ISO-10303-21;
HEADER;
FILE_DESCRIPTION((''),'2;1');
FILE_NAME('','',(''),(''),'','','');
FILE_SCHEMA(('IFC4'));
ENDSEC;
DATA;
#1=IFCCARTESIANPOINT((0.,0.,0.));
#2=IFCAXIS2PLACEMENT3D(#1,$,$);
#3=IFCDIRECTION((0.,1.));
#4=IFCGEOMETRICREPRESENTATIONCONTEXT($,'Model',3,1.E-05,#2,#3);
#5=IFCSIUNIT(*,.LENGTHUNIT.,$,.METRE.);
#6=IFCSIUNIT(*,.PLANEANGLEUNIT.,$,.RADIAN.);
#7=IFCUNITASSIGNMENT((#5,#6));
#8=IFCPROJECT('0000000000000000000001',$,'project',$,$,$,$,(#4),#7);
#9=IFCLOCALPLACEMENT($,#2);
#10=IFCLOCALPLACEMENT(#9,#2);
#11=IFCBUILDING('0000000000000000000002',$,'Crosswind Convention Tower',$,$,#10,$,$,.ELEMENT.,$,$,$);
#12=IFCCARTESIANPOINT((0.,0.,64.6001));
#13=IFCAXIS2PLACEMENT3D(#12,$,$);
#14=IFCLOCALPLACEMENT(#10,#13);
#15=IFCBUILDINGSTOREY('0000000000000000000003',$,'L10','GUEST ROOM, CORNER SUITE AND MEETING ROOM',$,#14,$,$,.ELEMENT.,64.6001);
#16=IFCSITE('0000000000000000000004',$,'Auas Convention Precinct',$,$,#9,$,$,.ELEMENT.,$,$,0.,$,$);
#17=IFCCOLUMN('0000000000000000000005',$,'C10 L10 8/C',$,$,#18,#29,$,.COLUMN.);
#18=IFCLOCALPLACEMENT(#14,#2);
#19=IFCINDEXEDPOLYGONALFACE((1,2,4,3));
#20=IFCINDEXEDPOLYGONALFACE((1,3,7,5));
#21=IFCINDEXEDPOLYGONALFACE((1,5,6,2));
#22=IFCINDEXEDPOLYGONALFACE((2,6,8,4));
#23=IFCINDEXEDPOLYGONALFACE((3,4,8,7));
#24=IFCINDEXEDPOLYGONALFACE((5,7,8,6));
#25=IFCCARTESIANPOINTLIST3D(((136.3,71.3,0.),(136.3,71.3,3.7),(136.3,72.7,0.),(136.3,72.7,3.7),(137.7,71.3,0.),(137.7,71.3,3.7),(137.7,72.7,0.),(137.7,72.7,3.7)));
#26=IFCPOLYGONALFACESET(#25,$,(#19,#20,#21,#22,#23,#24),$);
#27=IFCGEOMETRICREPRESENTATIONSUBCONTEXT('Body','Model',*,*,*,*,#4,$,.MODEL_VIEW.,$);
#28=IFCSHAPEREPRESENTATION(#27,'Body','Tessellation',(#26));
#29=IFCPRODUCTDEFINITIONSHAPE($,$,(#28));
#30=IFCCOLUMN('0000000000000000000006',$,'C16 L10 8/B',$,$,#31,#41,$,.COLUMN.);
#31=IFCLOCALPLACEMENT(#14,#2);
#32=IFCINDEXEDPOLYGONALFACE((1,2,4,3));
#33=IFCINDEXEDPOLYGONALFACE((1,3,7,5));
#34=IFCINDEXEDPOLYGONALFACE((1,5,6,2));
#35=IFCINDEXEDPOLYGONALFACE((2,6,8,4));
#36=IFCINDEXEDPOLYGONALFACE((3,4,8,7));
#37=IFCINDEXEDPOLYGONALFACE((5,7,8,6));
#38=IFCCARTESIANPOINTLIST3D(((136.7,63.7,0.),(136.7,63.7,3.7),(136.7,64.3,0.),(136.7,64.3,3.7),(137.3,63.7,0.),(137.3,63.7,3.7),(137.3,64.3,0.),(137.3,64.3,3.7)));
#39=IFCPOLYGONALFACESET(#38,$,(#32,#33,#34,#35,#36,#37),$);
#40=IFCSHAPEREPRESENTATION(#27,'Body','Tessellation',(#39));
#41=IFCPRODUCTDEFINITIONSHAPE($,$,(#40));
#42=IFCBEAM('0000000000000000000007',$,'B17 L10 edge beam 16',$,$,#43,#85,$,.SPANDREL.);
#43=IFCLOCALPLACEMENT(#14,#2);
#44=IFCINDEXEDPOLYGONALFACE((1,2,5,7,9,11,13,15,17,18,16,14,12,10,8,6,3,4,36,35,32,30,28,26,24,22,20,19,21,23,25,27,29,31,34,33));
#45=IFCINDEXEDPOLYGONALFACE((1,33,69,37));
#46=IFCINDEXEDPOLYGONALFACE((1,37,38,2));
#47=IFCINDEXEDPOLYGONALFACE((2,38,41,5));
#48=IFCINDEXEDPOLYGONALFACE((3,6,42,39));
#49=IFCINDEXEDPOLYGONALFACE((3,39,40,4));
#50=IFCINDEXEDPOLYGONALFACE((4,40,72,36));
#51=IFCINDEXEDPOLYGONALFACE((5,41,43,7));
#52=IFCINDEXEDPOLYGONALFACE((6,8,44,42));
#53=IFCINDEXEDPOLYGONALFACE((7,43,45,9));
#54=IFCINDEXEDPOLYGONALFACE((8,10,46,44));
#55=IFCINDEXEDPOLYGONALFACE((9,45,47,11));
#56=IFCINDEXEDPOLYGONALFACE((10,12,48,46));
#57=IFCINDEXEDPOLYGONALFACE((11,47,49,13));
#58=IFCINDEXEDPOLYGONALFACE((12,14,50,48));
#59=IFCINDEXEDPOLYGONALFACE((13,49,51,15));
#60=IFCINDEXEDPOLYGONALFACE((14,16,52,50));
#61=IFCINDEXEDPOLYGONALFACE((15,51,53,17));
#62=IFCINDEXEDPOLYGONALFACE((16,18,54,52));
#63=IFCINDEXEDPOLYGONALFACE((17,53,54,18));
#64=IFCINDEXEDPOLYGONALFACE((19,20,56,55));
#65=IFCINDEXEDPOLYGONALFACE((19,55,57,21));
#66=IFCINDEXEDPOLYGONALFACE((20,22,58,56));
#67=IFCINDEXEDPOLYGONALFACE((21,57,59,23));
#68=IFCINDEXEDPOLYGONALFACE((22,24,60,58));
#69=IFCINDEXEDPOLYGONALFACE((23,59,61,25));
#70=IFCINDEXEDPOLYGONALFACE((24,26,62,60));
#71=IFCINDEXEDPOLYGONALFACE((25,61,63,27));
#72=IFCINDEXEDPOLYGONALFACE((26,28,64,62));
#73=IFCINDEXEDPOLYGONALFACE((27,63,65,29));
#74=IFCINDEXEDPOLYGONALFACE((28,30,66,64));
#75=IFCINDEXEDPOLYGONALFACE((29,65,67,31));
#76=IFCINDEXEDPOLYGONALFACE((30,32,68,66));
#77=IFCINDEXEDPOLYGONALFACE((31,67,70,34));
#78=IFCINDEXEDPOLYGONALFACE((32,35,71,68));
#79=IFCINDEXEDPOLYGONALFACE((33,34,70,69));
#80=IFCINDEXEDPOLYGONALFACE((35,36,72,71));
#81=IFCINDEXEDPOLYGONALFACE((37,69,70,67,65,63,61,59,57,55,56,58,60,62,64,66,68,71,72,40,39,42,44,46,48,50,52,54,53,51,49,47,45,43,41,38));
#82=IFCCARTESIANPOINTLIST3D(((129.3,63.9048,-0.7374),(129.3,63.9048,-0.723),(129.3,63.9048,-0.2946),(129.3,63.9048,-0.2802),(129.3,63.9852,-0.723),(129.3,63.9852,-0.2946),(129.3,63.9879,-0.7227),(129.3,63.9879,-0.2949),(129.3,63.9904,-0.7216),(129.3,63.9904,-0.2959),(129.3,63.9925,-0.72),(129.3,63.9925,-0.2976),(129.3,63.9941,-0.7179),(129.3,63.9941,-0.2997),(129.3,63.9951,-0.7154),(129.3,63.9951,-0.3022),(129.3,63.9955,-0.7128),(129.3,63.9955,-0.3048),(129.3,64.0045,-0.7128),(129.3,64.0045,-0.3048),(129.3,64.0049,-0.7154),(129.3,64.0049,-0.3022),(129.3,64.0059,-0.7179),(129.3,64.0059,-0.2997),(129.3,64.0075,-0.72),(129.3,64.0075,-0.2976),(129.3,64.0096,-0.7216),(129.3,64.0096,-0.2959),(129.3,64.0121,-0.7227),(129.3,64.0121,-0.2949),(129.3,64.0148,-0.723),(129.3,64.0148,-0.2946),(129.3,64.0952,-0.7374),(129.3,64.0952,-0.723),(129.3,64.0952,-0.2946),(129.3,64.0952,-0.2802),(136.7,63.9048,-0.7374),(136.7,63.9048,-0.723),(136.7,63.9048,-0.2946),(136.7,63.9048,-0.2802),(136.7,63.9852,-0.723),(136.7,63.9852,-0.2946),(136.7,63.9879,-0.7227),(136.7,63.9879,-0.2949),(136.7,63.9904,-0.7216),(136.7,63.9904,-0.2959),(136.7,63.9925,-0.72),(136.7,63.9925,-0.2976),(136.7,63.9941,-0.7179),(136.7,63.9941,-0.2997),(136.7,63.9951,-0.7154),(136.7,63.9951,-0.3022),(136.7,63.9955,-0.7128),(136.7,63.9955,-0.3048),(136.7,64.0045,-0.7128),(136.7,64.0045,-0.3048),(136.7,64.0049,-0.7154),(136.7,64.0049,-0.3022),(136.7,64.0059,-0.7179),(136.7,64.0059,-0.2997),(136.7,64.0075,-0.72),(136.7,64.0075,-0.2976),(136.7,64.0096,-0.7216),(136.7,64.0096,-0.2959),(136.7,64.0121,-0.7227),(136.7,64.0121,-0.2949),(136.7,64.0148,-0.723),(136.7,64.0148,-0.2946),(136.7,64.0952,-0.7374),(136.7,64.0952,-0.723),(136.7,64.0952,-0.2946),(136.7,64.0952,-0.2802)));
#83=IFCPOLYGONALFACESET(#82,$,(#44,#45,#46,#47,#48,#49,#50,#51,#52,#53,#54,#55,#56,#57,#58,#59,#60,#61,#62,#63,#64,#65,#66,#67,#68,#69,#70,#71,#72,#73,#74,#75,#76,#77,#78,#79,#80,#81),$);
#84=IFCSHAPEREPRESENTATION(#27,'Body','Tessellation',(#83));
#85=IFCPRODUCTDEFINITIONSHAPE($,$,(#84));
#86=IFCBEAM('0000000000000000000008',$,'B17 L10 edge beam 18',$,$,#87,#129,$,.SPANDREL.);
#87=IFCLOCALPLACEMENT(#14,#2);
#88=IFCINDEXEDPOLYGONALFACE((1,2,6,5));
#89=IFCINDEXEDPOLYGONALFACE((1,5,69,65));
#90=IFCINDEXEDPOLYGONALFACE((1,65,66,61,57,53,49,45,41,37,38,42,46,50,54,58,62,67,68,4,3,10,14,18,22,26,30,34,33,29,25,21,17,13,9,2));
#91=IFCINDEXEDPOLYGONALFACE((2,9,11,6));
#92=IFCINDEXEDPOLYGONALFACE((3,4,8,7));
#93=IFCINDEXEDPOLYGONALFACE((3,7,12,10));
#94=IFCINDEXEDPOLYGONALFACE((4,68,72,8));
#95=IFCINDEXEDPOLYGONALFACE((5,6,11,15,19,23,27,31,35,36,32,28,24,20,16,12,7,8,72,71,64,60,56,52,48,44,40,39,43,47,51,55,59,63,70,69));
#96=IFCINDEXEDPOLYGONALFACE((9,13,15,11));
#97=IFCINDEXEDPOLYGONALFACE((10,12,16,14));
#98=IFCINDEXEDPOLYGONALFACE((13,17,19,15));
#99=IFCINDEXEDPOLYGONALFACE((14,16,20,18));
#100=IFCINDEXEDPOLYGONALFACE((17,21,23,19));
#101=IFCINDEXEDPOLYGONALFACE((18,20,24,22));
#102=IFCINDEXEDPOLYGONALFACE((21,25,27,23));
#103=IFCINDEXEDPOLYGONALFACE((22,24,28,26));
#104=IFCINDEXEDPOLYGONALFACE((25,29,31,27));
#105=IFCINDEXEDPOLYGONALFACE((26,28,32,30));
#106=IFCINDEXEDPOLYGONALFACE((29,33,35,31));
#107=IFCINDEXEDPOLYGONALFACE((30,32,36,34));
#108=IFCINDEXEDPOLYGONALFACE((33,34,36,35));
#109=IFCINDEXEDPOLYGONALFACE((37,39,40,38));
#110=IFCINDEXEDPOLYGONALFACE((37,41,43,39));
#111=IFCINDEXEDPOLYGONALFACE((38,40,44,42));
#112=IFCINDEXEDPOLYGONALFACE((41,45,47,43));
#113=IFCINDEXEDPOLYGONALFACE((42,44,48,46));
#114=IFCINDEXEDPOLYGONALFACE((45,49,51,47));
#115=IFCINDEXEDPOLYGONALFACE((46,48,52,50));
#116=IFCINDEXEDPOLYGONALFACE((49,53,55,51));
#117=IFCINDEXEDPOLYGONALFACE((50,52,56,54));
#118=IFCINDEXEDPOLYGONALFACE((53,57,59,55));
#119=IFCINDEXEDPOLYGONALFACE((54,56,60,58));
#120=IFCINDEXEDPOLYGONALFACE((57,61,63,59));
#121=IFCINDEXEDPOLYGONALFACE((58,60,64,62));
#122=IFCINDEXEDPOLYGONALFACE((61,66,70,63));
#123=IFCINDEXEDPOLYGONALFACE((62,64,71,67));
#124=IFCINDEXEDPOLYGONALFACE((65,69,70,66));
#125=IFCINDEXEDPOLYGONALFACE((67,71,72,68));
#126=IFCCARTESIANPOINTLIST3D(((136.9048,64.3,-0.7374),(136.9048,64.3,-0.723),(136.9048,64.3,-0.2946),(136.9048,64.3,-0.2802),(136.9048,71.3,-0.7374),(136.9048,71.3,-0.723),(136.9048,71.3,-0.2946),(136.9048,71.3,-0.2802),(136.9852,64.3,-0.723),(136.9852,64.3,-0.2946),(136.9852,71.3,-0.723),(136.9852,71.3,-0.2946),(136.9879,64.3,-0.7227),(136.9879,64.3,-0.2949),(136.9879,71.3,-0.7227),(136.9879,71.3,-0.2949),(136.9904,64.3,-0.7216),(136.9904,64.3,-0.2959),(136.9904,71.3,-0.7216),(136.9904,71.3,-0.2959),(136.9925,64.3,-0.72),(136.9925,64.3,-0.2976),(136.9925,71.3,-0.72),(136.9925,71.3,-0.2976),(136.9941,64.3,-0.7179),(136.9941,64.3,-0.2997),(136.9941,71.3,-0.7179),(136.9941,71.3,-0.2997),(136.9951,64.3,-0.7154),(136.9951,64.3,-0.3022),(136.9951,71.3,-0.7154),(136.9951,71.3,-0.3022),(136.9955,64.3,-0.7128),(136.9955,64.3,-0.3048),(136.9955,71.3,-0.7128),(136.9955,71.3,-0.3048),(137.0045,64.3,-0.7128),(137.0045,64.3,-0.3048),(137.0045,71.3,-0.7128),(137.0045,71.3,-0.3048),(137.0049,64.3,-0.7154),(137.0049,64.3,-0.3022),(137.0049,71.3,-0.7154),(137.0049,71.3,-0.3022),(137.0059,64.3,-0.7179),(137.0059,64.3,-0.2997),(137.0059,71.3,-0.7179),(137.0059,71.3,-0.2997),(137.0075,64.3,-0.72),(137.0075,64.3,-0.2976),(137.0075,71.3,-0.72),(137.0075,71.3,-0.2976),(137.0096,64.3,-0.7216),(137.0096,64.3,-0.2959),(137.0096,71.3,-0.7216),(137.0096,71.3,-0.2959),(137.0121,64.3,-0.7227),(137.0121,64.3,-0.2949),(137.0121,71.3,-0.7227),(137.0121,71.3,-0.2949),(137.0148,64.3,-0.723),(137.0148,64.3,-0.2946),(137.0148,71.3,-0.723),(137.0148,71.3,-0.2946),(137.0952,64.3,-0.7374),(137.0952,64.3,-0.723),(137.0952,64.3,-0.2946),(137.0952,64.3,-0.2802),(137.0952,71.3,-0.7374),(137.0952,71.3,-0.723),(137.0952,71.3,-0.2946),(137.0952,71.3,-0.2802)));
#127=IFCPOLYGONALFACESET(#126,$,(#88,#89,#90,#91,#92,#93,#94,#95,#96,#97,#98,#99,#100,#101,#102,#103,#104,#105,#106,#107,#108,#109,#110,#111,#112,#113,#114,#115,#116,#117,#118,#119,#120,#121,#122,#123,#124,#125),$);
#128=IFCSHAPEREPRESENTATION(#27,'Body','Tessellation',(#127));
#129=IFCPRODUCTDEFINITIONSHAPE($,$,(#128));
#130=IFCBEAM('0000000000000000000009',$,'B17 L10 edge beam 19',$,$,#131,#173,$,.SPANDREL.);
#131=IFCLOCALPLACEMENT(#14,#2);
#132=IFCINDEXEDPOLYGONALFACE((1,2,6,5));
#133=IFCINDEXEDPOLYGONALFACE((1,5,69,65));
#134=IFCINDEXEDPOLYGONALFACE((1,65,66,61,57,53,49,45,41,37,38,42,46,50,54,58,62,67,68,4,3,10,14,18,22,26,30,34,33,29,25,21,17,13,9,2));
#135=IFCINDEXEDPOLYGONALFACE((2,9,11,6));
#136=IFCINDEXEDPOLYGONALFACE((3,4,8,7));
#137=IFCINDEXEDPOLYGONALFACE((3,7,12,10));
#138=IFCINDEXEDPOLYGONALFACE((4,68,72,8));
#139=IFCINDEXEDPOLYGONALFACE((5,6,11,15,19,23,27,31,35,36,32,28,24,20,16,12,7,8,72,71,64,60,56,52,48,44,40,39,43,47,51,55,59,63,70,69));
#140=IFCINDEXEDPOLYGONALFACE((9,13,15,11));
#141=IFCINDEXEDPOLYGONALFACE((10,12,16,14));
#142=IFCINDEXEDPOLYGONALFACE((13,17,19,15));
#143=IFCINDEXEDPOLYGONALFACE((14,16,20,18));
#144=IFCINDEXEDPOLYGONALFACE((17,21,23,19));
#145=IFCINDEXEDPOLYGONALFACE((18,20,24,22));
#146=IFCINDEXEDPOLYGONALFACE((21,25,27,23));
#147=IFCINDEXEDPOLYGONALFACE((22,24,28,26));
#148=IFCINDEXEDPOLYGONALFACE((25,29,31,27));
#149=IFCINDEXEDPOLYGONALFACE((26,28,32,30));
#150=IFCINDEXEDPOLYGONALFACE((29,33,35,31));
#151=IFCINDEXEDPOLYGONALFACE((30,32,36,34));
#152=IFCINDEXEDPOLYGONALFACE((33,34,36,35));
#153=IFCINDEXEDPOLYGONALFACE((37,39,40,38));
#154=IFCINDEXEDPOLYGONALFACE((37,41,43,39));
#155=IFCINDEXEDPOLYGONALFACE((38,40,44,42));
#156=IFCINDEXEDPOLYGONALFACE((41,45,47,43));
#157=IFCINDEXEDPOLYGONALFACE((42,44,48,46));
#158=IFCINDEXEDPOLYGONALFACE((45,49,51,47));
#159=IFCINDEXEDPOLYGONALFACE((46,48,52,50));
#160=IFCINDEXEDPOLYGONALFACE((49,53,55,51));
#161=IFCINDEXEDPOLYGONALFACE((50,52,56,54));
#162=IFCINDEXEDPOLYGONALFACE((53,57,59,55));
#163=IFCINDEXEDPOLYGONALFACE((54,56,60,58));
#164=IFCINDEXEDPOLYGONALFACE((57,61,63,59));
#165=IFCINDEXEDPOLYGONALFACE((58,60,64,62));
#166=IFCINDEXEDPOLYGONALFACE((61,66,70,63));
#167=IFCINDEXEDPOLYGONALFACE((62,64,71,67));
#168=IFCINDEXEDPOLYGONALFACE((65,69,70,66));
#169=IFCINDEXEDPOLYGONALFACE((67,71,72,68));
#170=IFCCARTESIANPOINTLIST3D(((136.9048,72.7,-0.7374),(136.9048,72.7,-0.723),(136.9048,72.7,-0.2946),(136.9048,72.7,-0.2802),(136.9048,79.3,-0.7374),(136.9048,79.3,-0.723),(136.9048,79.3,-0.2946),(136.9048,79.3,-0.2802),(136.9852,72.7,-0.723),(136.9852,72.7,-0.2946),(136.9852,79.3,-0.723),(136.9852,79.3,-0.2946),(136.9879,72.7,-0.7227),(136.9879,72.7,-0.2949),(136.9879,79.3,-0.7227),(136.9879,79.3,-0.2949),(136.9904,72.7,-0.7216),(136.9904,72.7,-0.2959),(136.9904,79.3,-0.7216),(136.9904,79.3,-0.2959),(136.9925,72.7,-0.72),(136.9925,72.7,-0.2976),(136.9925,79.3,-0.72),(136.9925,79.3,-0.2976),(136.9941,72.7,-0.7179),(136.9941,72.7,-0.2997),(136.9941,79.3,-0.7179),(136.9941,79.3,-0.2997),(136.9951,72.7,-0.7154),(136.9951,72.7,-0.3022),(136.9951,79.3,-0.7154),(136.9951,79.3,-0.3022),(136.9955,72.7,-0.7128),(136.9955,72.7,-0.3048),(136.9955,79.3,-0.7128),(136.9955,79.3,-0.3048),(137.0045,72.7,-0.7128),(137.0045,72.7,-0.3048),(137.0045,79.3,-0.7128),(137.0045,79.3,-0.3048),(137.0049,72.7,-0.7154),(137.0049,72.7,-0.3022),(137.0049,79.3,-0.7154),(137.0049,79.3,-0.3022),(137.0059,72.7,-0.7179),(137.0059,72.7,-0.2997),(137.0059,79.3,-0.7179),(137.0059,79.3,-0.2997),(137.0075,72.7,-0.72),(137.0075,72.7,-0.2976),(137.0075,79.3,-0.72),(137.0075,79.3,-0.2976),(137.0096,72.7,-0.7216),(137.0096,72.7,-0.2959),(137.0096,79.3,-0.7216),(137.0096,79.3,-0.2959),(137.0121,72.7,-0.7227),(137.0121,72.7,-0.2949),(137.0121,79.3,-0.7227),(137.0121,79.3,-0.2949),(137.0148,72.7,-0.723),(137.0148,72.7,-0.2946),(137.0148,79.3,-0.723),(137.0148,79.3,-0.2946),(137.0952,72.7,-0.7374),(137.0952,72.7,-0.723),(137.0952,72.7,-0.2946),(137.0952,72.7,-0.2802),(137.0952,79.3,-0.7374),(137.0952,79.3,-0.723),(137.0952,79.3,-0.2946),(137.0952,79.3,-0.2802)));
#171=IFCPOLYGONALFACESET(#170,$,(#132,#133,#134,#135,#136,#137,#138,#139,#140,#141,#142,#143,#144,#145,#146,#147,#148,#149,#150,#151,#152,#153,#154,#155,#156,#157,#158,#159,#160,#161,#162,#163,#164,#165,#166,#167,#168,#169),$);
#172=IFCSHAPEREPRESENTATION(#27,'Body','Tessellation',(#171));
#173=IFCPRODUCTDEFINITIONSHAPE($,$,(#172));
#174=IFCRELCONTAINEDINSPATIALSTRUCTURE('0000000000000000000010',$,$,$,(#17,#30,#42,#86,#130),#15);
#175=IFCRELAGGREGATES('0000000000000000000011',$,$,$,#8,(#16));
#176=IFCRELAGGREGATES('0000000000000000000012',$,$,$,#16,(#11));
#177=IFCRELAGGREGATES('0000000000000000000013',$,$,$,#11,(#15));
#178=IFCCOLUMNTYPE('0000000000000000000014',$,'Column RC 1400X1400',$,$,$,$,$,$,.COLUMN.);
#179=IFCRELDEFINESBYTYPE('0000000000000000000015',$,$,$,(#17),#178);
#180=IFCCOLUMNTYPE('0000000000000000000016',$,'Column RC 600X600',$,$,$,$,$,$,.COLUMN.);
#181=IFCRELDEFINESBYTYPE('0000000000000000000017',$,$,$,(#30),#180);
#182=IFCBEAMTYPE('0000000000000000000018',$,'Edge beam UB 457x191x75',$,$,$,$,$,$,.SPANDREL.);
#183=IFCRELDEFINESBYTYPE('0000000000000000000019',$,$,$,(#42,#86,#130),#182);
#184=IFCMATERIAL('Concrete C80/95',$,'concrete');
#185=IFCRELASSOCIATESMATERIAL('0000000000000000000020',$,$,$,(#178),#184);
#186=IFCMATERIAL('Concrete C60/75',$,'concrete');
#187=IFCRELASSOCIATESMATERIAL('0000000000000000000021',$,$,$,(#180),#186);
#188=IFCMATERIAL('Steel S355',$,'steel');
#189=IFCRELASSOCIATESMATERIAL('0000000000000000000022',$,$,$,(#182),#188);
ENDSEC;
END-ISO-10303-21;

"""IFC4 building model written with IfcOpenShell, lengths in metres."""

from ifc_helpers import new_model, si_unit, direction, frame, origin, origin_2d, place, context, subcontext, project, spatial, rectangle, i_section, extrude, material, material_profile, profile_set, type_object, element, save


model = new_model("IFC4")

# Units and contexts
model_context = context("Model", 3, precision=1e-05, world=origin(), true_north=direction((0.0, 1.0)))
body_context = subcontext(model_context, "Body", "Model", "MODEL_VIEW")
ifc_project = project(units=[si_unit("LENGTHUNIT", "METRE"), si_unit("PLANEANGLEUNIT", "RADIAN")], contexts=[model_context])

# Site, building, storey
site_placement = place(None, origin())
site = spatial("IfcSite", under=ifc_project, at=site_placement, Name="Auas Convention Precinct", CompositionType="ELEMENT", RefElevation=0.0)
building_placement = place(site_placement, origin())
building = spatial("IfcBuilding", under=site, at=building_placement, Name="Crosswind Convention Tower", CompositionType="ELEMENT")
storey_placement = place(building_placement, frame((0.0, 0.0, 64.6001)))
storey = spatial("IfcBuildingStorey", under=building, at=storey_placement, Name="L10", Description="GUEST ROOM, CORNER SUITE AND MEETING ROOM", CompositionType="ELEMENT", Elevation=64.6001)

# Columns
ifc_material_1 = material(Name="Concrete C80/95", Category="concrete")
ifc_material_profile_1 = material_profile(ifc_material_1, rectangle(XDim=1.3999, YDim=1.3999, at=origin_2d()), Name="RC 1400X1400")
ifc_profile_set_1 = profile_set([ifc_material_profile_1], Name="Concrete C80/95")
column_type_1 = type_object("IfcColumnType", Name="Column RC 1400X1400", PredefinedType="COLUMN", material=ifc_profile_set_1)
column_1_placement = place(storey_placement, frame((137.0, 72.0, 0.0), z_axis=(0.0, 0.0, 1.0), x_axis=(1.0, 0.0, 0.0)))
element("IfcColumn", 1, at=column_1_placement, inside=storey, type_object=column_type_1, Name="C10 L10 8/C", PredefinedType="COLUMN", context=body_context, shape_type="SweptSolid", body=[
    extrude(rectangle(XDim=1.3999, YDim=1.3999, at=origin_2d()), origin(), (0.0, 0.0, 1.0), 3.7),
])
ifc_material_2 = material(Name="Concrete C60/75", Category="concrete")
ifc_material_profile_2 = material_profile(ifc_material_2, rectangle(XDim=0.6001, YDim=0.6001, at=origin_2d()), Name="RC 600X600")
ifc_profile_set_2 = profile_set([ifc_material_profile_2], Name="Concrete C60/75")
column_type_2 = type_object("IfcColumnType", Name="Column RC 600X600", PredefinedType="COLUMN", material=ifc_profile_set_2)
column_2_placement = place(storey_placement, frame((137.0, 64.0, 0.0), z_axis=(0.0, 0.0, 1.0), x_axis=(1.0, 0.0, 0.0)))
element("IfcColumn", 2, at=column_2_placement, inside=storey, type_object=column_type_2, Name="C16 L10 8/B", PredefinedType="COLUMN", context=body_context, shape_type="SweptSolid", body=[
    extrude(rectangle(XDim=0.6001, YDim=0.6001, at=origin_2d()), origin(), (0.0, 0.0, 1.0), 3.7),
])

# Beams
ifc_material_3 = material(Name="Steel S355", Category="steel")
ifc_material_profile_3 = material_profile(ifc_material_3, i_section(OverallWidth=0.1904, OverallDepth=0.4573, WebThickness=0.009, FlangeThickness=0.0144, FilletRadius=0.0103, at=origin_2d()), Name="UB 457x191x75")
ifc_profile_set_3 = profile_set([ifc_material_profile_3], Name="Steel S355")
beam_type_1 = type_object("IfcBeamType", Name="Edge beam UB 457x191x75", PredefinedType="SPANDREL", material=ifc_profile_set_3)
beam_1_placement = place(storey_placement, frame((129.3, 64.0, -0.5088), z_axis=(1.0, 0.0, 0.0), x_axis=(0.0, 1.0, 0.0)))
element("IfcBeam", 3, at=beam_1_placement, inside=storey, type_object=beam_type_1, Name="B17 L10 edge beam 16", PredefinedType="SPANDREL", context=body_context, shape_type="SweptSolid", body=[
    extrude(i_section(OverallWidth=0.1904, OverallDepth=0.4573, WebThickness=0.009, FlangeThickness=0.0144, FilletRadius=0.0103, at=origin_2d()), origin(), (0.0, 0.0, 1.0), 7.3999),
])
beam_2_placement = place(storey_placement, frame((137.0, 64.3, -0.5088), z_axis=(0.0, 1.0, 0.0), x_axis=(-1.0, 0.0, 0.0)))
element("IfcBeam", 4, at=beam_2_placement, inside=storey, type_object=beam_type_1, Name="B17 L10 edge beam 18", PredefinedType="SPANDREL", context=body_context, shape_type="SweptSolid", body=[
    extrude(i_section(OverallWidth=0.1904, OverallDepth=0.4573, WebThickness=0.009, FlangeThickness=0.0144, FilletRadius=0.0103, at=origin_2d()), origin(), (0.0, 0.0, 1.0), 7.0),
])
beam_3_placement = place(storey_placement, frame((137.0, 72.7, -0.5088), z_axis=(0.0, 1.0, 0.0), x_axis=(-1.0, 0.0, 0.0)))
element("IfcBeam", 5, at=beam_3_placement, inside=storey, type_object=beam_type_1, Name="B17 L10 edge beam 19", PredefinedType="SPANDREL", context=body_context, shape_type="SweptSolid", body=[
    extrude(i_section(OverallWidth=0.1904, OverallDepth=0.4573, WebThickness=0.009, FlangeThickness=0.0144, FilletRadius=0.0103, at=origin_2d()), origin(), (0.0, 0.0, 1.0), 6.6001),
])

save(model, "model.ifc")
